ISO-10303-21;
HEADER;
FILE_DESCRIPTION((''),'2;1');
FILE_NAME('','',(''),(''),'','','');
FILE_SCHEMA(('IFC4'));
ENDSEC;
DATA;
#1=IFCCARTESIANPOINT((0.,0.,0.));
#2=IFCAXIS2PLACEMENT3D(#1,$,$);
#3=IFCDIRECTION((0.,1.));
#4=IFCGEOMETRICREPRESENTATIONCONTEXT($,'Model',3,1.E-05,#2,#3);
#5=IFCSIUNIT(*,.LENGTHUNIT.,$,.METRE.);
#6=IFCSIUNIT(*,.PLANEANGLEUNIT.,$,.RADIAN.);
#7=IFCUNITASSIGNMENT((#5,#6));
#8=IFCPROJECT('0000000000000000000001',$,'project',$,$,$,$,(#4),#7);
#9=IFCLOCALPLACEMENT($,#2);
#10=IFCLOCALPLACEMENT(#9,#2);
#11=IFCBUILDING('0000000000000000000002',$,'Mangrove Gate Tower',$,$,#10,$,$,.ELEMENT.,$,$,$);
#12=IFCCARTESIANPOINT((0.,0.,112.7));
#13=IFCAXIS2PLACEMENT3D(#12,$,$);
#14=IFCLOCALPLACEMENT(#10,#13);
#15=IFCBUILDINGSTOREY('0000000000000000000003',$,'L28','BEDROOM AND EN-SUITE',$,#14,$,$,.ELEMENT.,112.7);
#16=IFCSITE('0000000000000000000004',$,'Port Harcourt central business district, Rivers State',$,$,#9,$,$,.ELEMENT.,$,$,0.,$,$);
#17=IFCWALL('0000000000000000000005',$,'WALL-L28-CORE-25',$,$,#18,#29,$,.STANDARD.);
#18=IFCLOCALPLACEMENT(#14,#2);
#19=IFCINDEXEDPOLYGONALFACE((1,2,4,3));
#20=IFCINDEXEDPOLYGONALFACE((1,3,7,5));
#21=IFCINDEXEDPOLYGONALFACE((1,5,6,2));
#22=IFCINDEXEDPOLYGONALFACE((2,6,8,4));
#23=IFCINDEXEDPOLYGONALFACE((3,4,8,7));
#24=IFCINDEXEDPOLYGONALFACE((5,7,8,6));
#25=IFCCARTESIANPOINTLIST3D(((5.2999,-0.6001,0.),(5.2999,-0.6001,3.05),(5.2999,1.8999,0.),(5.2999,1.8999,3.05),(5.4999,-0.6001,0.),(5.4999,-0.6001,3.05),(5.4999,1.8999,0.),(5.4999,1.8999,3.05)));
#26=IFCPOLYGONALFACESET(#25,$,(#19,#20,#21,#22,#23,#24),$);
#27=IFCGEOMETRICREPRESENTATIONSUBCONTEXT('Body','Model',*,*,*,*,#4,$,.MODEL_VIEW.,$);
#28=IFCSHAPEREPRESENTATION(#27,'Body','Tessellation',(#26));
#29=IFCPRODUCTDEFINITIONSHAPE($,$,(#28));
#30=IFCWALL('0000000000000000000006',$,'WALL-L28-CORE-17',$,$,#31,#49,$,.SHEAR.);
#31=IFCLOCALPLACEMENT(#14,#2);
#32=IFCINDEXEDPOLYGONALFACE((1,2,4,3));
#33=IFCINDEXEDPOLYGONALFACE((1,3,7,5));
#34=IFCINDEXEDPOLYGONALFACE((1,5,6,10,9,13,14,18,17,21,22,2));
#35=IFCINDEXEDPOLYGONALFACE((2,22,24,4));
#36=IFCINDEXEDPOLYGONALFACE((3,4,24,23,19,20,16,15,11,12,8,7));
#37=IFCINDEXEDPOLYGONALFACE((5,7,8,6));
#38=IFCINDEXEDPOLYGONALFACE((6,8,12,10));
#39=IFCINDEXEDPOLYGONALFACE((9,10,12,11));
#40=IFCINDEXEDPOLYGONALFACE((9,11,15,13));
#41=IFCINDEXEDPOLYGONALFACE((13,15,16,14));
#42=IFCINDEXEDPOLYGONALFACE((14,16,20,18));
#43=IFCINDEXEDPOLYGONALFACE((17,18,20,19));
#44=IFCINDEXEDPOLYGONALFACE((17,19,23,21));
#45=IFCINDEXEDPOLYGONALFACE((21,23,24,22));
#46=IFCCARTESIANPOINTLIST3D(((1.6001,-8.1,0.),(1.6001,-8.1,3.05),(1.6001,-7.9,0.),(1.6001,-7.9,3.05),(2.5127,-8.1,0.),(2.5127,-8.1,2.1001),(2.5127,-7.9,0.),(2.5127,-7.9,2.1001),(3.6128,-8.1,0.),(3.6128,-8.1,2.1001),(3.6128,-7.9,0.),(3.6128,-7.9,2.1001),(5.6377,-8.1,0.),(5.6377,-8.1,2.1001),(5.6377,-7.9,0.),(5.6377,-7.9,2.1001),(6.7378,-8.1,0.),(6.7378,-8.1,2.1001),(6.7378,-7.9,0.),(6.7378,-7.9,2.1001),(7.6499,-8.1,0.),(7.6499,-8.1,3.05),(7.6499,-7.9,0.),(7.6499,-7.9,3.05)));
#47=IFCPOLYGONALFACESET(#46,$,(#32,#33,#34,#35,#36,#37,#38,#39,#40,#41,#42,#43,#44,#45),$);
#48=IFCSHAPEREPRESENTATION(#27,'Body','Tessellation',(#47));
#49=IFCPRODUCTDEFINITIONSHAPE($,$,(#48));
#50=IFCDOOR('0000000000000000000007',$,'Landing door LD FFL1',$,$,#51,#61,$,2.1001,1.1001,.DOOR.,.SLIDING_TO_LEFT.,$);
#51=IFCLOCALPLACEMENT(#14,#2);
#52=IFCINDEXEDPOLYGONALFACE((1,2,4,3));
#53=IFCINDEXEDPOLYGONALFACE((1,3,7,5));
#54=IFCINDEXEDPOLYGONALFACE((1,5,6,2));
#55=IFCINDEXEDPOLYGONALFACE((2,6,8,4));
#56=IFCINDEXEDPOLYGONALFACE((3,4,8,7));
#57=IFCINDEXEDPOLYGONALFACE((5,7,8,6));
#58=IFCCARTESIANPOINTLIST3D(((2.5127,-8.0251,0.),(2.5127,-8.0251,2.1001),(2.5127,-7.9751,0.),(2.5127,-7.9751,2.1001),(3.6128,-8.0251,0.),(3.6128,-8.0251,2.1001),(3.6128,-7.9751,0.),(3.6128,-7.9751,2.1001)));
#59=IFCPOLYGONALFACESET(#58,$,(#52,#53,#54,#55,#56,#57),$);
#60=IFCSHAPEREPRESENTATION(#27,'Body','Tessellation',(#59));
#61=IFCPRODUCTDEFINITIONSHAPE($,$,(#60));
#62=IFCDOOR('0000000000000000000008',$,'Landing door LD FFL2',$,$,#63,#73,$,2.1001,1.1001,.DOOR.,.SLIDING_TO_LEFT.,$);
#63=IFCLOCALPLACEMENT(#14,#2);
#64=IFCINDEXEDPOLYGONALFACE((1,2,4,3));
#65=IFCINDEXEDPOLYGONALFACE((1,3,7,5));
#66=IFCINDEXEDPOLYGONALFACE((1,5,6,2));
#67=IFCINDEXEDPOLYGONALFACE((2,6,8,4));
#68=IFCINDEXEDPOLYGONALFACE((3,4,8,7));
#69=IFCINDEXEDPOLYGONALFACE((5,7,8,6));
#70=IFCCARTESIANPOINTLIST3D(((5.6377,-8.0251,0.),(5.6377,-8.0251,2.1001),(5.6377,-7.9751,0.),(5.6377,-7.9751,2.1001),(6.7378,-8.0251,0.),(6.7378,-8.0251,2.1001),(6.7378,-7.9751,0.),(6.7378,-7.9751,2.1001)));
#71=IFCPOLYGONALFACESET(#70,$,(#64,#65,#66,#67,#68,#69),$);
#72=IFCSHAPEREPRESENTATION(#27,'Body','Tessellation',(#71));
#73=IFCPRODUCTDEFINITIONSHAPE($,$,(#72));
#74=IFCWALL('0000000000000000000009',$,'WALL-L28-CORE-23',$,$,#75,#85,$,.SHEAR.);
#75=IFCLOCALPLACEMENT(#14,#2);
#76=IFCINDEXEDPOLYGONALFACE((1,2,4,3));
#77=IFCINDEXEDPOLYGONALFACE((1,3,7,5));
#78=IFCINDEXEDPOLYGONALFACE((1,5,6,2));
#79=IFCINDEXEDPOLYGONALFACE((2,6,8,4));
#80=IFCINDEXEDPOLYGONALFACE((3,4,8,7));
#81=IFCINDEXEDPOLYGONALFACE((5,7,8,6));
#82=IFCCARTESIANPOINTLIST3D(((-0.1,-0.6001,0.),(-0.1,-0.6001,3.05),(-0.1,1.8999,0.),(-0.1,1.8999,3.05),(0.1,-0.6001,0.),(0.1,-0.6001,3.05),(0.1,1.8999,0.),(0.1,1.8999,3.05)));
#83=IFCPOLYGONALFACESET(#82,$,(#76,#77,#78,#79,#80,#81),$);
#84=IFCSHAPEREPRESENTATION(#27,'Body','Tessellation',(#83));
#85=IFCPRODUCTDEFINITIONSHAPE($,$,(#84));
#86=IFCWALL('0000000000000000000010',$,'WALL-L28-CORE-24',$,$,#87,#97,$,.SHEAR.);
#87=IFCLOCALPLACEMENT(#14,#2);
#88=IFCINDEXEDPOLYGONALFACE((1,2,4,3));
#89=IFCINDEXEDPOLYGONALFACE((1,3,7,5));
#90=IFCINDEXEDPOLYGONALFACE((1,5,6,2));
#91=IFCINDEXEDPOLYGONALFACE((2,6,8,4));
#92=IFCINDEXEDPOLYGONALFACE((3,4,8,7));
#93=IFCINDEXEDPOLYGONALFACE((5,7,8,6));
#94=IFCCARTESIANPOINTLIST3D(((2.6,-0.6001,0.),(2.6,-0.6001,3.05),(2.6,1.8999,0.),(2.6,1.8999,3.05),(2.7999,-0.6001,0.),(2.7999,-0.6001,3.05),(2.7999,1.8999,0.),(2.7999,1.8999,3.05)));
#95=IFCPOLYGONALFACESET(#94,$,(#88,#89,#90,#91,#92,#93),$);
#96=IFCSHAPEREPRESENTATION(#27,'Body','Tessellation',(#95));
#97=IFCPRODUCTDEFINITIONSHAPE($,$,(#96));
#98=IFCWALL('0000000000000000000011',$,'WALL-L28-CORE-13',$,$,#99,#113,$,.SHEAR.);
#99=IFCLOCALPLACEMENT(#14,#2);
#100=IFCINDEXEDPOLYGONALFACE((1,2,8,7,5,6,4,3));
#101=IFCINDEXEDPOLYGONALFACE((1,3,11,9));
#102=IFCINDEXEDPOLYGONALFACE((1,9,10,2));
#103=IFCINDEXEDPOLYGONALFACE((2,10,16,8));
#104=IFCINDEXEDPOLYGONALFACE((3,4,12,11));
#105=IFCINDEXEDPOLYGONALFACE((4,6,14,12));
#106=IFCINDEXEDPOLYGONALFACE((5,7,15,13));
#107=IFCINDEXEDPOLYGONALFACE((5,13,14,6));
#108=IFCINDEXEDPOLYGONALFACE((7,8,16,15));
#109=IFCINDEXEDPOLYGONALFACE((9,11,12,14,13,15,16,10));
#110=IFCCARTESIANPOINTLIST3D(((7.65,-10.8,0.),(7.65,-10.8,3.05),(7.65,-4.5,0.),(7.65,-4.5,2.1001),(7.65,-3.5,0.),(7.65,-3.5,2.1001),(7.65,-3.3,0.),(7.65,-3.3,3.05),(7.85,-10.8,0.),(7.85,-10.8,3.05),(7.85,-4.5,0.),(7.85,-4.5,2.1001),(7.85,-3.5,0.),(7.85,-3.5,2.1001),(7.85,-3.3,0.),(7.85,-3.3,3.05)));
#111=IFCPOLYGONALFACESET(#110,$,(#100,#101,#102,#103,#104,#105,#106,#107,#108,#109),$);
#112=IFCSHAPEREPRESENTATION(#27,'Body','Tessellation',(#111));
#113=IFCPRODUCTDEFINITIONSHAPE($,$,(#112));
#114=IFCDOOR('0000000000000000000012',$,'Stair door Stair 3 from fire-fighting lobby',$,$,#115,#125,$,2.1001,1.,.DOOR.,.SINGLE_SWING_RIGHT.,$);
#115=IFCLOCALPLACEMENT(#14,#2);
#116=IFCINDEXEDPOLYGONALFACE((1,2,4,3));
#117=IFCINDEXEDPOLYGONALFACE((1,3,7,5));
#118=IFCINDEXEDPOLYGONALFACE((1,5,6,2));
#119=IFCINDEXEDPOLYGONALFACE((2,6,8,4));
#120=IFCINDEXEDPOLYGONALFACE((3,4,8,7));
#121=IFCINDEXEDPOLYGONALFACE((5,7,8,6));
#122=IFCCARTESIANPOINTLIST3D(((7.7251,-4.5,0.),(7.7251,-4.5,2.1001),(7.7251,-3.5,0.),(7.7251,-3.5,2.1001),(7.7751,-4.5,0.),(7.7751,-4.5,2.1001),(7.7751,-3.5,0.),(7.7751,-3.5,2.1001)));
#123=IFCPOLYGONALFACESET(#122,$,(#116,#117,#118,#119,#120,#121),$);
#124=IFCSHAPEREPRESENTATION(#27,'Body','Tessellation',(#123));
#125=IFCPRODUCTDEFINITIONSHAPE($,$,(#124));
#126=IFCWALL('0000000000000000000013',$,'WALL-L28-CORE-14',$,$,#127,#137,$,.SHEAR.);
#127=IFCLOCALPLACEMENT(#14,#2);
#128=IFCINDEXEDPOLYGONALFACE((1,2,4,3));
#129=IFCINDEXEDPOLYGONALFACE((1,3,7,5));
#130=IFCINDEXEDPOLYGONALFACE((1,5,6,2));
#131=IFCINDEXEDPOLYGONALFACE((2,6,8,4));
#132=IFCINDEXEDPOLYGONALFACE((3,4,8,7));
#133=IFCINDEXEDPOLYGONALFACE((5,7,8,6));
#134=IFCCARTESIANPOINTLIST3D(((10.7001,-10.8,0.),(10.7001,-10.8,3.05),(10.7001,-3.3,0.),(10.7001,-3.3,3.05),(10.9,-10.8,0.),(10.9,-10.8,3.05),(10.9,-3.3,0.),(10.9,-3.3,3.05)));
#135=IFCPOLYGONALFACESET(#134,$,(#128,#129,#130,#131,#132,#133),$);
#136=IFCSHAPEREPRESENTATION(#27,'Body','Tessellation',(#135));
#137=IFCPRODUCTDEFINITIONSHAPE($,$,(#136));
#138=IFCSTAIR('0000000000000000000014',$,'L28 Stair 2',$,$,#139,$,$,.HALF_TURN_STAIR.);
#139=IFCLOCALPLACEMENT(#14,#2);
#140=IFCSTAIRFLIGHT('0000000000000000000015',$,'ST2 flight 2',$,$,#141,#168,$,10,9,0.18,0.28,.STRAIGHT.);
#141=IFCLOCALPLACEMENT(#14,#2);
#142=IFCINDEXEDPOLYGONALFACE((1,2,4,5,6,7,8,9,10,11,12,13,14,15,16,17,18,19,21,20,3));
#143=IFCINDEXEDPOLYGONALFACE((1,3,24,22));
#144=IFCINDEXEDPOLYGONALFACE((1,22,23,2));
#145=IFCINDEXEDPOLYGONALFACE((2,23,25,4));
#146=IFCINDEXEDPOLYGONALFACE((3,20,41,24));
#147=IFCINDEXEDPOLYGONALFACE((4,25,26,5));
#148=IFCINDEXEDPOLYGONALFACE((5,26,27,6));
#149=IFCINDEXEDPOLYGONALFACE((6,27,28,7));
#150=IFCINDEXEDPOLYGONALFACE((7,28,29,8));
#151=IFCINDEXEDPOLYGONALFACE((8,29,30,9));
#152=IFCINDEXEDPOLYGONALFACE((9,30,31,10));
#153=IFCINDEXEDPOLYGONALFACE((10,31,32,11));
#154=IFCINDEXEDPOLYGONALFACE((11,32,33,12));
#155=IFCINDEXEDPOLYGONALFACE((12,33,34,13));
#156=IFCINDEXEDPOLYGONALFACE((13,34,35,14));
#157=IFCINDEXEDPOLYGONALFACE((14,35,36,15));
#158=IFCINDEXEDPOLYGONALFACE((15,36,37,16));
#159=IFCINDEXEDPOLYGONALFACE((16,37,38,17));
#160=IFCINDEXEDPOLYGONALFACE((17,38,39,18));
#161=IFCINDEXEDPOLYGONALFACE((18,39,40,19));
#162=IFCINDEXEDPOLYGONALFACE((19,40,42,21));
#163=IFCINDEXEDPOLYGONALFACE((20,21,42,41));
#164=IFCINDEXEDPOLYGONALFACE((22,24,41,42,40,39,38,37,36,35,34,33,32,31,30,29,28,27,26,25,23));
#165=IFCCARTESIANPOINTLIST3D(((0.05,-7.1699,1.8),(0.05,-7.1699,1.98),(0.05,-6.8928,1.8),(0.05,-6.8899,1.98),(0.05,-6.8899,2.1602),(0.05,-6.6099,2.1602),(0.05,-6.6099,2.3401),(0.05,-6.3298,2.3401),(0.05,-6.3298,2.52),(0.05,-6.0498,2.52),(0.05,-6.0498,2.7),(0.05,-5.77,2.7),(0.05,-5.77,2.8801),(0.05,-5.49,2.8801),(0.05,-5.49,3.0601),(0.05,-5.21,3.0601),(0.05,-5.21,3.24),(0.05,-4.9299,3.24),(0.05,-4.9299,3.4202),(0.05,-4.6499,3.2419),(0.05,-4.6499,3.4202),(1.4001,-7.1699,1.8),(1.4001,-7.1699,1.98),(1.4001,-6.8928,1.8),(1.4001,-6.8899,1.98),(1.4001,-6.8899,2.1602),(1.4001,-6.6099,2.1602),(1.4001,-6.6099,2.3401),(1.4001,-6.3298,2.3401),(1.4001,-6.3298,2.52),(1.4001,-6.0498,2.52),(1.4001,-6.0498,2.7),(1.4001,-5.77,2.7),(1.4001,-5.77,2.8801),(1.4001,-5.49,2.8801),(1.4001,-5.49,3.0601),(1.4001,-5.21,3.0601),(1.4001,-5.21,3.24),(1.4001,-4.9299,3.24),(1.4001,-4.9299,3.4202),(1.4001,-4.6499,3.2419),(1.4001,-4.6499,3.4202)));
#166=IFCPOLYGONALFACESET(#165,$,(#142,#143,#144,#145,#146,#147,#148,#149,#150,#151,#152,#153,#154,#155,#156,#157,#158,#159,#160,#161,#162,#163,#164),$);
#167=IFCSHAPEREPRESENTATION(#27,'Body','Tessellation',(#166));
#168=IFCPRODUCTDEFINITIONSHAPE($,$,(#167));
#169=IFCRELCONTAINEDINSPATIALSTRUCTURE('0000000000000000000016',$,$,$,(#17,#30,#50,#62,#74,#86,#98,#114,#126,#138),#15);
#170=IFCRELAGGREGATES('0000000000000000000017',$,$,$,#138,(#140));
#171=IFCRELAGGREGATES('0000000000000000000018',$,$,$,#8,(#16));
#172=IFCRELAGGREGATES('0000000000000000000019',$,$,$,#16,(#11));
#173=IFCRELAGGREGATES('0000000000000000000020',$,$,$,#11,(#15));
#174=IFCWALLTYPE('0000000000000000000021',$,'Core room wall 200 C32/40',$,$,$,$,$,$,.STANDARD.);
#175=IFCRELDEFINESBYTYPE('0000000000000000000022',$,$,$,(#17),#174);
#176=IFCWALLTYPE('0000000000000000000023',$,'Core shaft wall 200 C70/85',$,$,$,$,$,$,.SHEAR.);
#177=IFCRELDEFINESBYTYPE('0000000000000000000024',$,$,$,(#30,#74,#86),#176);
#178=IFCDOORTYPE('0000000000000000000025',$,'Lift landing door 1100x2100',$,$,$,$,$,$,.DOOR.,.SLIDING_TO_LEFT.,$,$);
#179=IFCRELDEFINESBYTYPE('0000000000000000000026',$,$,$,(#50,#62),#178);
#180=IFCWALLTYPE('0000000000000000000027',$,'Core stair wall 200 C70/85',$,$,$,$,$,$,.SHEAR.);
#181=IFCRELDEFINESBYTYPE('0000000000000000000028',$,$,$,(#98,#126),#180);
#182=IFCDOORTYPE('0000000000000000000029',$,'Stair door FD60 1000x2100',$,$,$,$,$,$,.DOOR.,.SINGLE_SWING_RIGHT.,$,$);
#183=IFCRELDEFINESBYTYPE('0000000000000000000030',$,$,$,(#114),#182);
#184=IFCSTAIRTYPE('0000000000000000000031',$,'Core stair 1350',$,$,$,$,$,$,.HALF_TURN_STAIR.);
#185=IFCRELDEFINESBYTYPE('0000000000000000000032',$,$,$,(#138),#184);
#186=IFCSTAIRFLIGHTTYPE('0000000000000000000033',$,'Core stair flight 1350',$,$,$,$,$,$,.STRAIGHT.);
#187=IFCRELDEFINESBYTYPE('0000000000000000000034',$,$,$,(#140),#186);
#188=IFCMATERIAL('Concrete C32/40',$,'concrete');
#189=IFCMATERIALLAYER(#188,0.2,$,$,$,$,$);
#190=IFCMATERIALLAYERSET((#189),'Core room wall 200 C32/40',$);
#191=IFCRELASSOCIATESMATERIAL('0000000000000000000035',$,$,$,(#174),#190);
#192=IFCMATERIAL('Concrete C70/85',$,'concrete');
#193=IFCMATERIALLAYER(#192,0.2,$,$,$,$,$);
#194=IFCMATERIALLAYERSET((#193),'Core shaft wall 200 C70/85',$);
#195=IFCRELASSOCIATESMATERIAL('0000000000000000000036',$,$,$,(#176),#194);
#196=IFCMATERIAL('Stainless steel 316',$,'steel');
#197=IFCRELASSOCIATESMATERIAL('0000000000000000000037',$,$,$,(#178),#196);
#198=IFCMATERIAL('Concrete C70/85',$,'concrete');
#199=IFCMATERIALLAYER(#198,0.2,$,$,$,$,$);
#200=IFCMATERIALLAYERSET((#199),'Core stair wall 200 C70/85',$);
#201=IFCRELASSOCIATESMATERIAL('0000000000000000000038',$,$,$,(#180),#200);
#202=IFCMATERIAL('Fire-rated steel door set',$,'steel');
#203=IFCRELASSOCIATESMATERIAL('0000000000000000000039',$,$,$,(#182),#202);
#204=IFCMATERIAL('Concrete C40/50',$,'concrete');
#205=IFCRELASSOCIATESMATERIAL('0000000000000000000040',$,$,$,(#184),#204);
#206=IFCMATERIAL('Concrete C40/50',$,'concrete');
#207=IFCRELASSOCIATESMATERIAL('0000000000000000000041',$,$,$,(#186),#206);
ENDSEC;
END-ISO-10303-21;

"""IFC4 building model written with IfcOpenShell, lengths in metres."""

from ifc_helpers import new_model, si_unit, direction, frame, frame_2d, origin, place, context, subcontext, project, spatial, polyline, rectangle, outline, extrude, material, layer, layer_set, type_object, element, fill, aggregate, save


model = new_model("IFC4")

# Units and contexts
model_context = context("Model", 3, precision=1e-05, world=origin(), true_north=direction((0.0, 1.0)))
body_context = subcontext(model_context, "Body", "Model", "MODEL_VIEW")
ifc_project = project(units=[si_unit("LENGTHUNIT", "METRE"), si_unit("PLANEANGLEUNIT", "RADIAN")], contexts=[model_context])

# Site, building, storey
site_placement = place(None, origin())
site = spatial("IfcSite", under=ifc_project, at=site_placement, Name="Port Harcourt central business district, Rivers State", CompositionType="ELEMENT", RefElevation=0.0)
building_placement = place(site_placement, origin())
building = spatial("IfcBuilding", under=site, at=building_placement, Name="Mangrove Gate Tower", CompositionType="ELEMENT")
storey_placement = place(building_placement, frame((0.0, 0.0, 112.7)))
storey = spatial("IfcBuildingStorey", under=building, at=storey_placement, Name="L28", Description="BEDROOM AND EN-SUITE", CompositionType="ELEMENT", Elevation=112.7)

# Wall
ifc_material_1 = material(Name="Concrete C32/40", Category="concrete")
ifc_layer_1 = layer(ifc_material_1, 0.2)
ifc_layer_set_1 = layer_set([ifc_layer_1], Name="Core room wall 200 C32/40")
wall_type_1 = type_object("IfcWallType", Name="Core room wall 200 C32/40", PredefinedType="STANDARD", material=ifc_layer_set_1)
wall_1_placement = place(storey_placement, frame((5.3999, -0.6001, 0.0), z_axis=(0.0, 0.0, 1.0), x_axis=(0.0, 1.0, 0.0)))
element("IfcWall", 1, at=wall_1_placement, inside=storey, type_object=wall_type_1, Name="WALL-L28-CORE-25", PredefinedType="STANDARD", context=body_context, shape_type="SweptSolid", body=[
    extrude(rectangle(XDim=2.5, YDim=0.2, at=frame_2d((1.25, 0.0))), origin(), (0.0, 0.0, 1.0), 3.05),
])

# Wall, openings, doors
ifc_material_2 = material(Name="Concrete C70/85", Category="concrete")
ifc_layer_2 = layer(ifc_material_2, 0.2)
ifc_layer_set_2 = layer_set([ifc_layer_2], Name="Core shaft wall 200 C70/85")
wall_type_2 = type_object("IfcWallType", Name="Core shaft wall 200 C70/85", PredefinedType="SHEAR", material=ifc_layer_set_2)
wall_2_placement = place(storey_placement, frame((1.6001, -8.0, 0.0), z_axis=(0.0, 0.0, 1.0), x_axis=(1.0, 0.0, 0.0)))
wall_2 = element("IfcWall", 2, at=wall_2_placement, inside=storey, type_object=wall_type_2, Name="WALL-L28-CORE-17", PredefinedType="SHEAR", context=body_context, shape_type="SweptSolid", body=[
    extrude(rectangle(XDim=6.0498, YDim=0.2, at=frame_2d((3.0249, 0.0))), origin(), (0.0, 0.0, 1.0), 3.05),
])
opening_1_placement = place(wall_2_placement, frame((0.9126, 0.0, 0.0)))
opening_1 = element("IfcOpeningElement", 3, at=opening_1_placement, cuts=wall_2, PredefinedType="OPENING", context=body_context, shape_type="SweptSolid", body=[
    extrude(rectangle(XDim=1.1001, YDim=2.1001, at=frame_2d((0.55, 1.05))), frame((0.0, 0.1099, 0.0), z_axis=(0.0, -1.0, 0.0), x_axis=(1.0, 0.0, 0.0)), (0.0, 0.0, 1.0), 0.22),
])
opening_2_placement = place(wall_2_placement, frame((4.0376, 0.0, 0.0)))
opening_2 = element("IfcOpeningElement", 4, at=opening_2_placement, cuts=wall_2, PredefinedType="OPENING", context=body_context, shape_type="SweptSolid", body=[
    extrude(rectangle(XDim=1.1001, YDim=2.1001, at=frame_2d((0.55, 1.05))), frame((0.0, 0.1099, 0.0), z_axis=(0.0, -1.0, 0.0), x_axis=(1.0, 0.0, 0.0)), (0.0, 0.0, 1.0), 0.22),
])
ifc_material_3 = material(Name="Stainless steel 316", Category="steel")
door_type_1 = type_object("IfcDoorType", Name="Lift landing door 1100x2100", OperationType="SLIDING_TO_LEFT", PredefinedType="DOOR", material=ifc_material_3)
door_1_placement = place(opening_1_placement, origin())
door_1 = element("IfcDoor", 5, at=door_1_placement, inside=storey, type_object=door_type_1, Name="Landing door LD FFL1", OperationType="SLIDING_TO_LEFT", OverallHeight=2.1001, OverallWidth=1.1001, PredefinedType="DOOR", context=body_context, shape_type="SweptSolid", body=[
    extrude(rectangle(XDim=1.1001, YDim=2.1001, at=frame_2d((0.55, 1.05))), frame((0.0, 0.0249, 0.0), z_axis=(0.0, -1.0, 0.0), x_axis=(1.0, 0.0, 0.0)), (0.0, 0.0, 1.0), 0.05),
])
fill(opening_1, door_1)
door_2_placement = place(opening_2_placement, origin())
door_2 = element("IfcDoor", 6, at=door_2_placement, inside=storey, type_object=door_type_1, Name="Landing door LD FFL2", OperationType="SLIDING_TO_LEFT", OverallHeight=2.1001, OverallWidth=1.1001, PredefinedType="DOOR", context=body_context, shape_type="SweptSolid", body=[
    extrude(rectangle(XDim=1.1001, YDim=2.1001, at=frame_2d((0.55, 1.05))), frame((0.0, 0.0249, 0.0), z_axis=(0.0, -1.0, 0.0), x_axis=(1.0, 0.0, 0.0)), (0.0, 0.0, 1.0), 0.05),
])
fill(opening_2, door_2)

# Walls
for number, where, z_axis, x_axis, name in (
    (7, (0.0, -0.6001, 0.0), (0.0, 0.0, 1.0), (0.0, 1.0, 0.0), "WALL-L28-CORE-23"),
    (8, (2.7, -0.6001, 0.0), (0.0, 0.0, 1.0), (0.0, 1.0, 0.0), "WALL-L28-CORE-24"),
):
    element("IfcWall", number, at=place(storey_placement, frame(where, z_axis=z_axis, x_axis=x_axis)), inside=storey, type_object=wall_type_2, Name=name, PredefinedType="SHEAR", context=body_context, shape_type="SweptSolid", body=[
        extrude(rectangle(XDim=2.5, YDim=0.2, at=frame_2d((1.25, 0.0))), origin(), (0.0, 0.0, 1.0), 3.05),
    ])

# Wall, opening, door
ifc_material_4 = material(Name="Concrete C70/85", Category="concrete")
ifc_layer_3 = layer(ifc_material_4, 0.2)
ifc_layer_set_3 = layer_set([ifc_layer_3], Name="Core stair wall 200 C70/85")
wall_type_3 = type_object("IfcWallType", Name="Core stair wall 200 C70/85", PredefinedType="SHEAR", material=ifc_layer_set_3)
wall_3_placement = place(storey_placement, frame((7.75, -10.8, 0.0), z_axis=(0.0, 0.0, 1.0), x_axis=(0.0, 1.0, 0.0)))
wall_3 = element("IfcWall", 9, at=wall_3_placement, inside=storey, type_object=wall_type_3, Name="WALL-L28-CORE-13", PredefinedType="SHEAR", context=body_context, shape_type="SweptSolid", body=[
    extrude(rectangle(XDim=7.5, YDim=0.2, at=frame_2d((3.75, 0.0))), origin(), (0.0, 0.0, 1.0), 3.05),
])
opening_3_placement = place(wall_3_placement, frame((6.3, 0.0, 0.0)))
opening_3 = element("IfcOpeningElement", 10, at=opening_3_placement, cuts=wall_3, PredefinedType="OPENING", context=body_context, shape_type="SweptSolid", body=[
    extrude(rectangle(XDim=1.0, YDim=2.1001, at=frame_2d((0.5, 1.05))), frame((0.0, 0.1099, 0.0), z_axis=(0.0, -1.0, 0.0), x_axis=(1.0, 0.0, 0.0)), (0.0, 0.0, 1.0), 0.22),
])
ifc_material_5 = material(Name="Fire-rated steel door set", Category="steel")
door_type_2 = type_object("IfcDoorType", Name="Stair door FD60 1000x2100", OperationType="SINGLE_SWING_RIGHT", PredefinedType="DOOR", material=ifc_material_5)
door_3_placement = place(opening_3_placement, origin())
door_3 = element("IfcDoor", 11, at=door_3_placement, inside=storey, type_object=door_type_2, Name="Stair door Stair 3 from fire-fighting lobby", OperationType="SINGLE_SWING_RIGHT", OverallHeight=2.1001, OverallWidth=1.0, PredefinedType="DOOR", context=body_context, shape_type="SweptSolid", body=[
    extrude(rectangle(XDim=1.0, YDim=2.1001, at=frame_2d((0.5, 1.05))), frame((0.0, 0.0249, 0.0), z_axis=(0.0, -1.0, 0.0), x_axis=(1.0, 0.0, 0.0)), (0.0, 0.0, 1.0), 0.05),
])
fill(opening_3, door_3)

# Wall
wall_4_placement = place(storey_placement, frame((10.8, -10.8, 0.0), z_axis=(0.0, 0.0, 1.0), x_axis=(0.0, 1.0, 0.0)))
element("IfcWall", 12, at=wall_4_placement, inside=storey, type_object=wall_type_3, Name="WALL-L28-CORE-14", PredefinedType="SHEAR", context=body_context, shape_type="SweptSolid", body=[
    extrude(rectangle(XDim=7.5, YDim=0.2, at=frame_2d((3.75, 0.0))), origin(), (0.0, 0.0, 1.0), 3.05),
])

# Stair, stair flight
ifc_material_6 = material(Name="Concrete C40/50", Category="concrete")
stair_type = type_object("IfcStairType", Name="Core stair 1350", PredefinedType="HALF_TURN_STAIR", material=ifc_material_6)
stair_1_placement = place(storey_placement, origin())
stair_1 = element("IfcStair", 13, at=stair_1_placement, inside=storey, type_object=stair_type, Name="L28 Stair 2", PredefinedType="HALF_TURN_STAIR")
ifc_material_7 = material(Name="Concrete C40/50", Category="concrete")
stair_flight_type = type_object("IfcStairFlightType", Name="Core stair flight 1350", PredefinedType="STRAIGHT", material=ifc_material_7)
stair_flight_1_placement = place(storey_placement, frame((0.7251, -7.1699, 1.8), z_axis=(0.0, 0.0, 1.0), x_axis=(0.0, 1.0, 0.0)))
stair_flight_1 = element("IfcStairFlight", 14, at=stair_flight_1_placement, type_object=stair_flight_type, Name="ST2 flight 2", NumberOfRisers=10, NumberOfTreads=9, PredefinedType="STRAIGHT", RiserHeight=0.18, TreadLength=0.28, context=body_context, shape_type="SweptSolid", body=[
    extrude(outline(polyline([(0.0, 0.0), (0.0, 0.1799), (0.28, 0.1799), (0.28, 0.3601), (0.5601, 0.3601), (0.5601, 0.54), (0.8401, 0.54), (0.8401, 0.72), (1.1201, 0.72), (1.1201, 0.8999), (1.3999, 0.8999), (1.3999, 1.0801), (1.6799, 1.0801), (1.6799, 1.26), (1.96, 1.26), (1.96, 1.4399), (2.24, 1.4399), (2.24, 1.6201), (2.52, 1.6201), (2.52, 1.8), (2.52, 1.4419), (0.2771, 0.0), (0.0, 0.0)])), frame((0.0, 0.675, 0.0), z_axis=(0.0, -1.0, 0.0), x_axis=(1.0, 0.0, 0.0)), (0.0, 0.0, 1.0), 1.3501),
])
aggregate(stair_1, [stair_flight_1])

save(model, "model.ifc")
